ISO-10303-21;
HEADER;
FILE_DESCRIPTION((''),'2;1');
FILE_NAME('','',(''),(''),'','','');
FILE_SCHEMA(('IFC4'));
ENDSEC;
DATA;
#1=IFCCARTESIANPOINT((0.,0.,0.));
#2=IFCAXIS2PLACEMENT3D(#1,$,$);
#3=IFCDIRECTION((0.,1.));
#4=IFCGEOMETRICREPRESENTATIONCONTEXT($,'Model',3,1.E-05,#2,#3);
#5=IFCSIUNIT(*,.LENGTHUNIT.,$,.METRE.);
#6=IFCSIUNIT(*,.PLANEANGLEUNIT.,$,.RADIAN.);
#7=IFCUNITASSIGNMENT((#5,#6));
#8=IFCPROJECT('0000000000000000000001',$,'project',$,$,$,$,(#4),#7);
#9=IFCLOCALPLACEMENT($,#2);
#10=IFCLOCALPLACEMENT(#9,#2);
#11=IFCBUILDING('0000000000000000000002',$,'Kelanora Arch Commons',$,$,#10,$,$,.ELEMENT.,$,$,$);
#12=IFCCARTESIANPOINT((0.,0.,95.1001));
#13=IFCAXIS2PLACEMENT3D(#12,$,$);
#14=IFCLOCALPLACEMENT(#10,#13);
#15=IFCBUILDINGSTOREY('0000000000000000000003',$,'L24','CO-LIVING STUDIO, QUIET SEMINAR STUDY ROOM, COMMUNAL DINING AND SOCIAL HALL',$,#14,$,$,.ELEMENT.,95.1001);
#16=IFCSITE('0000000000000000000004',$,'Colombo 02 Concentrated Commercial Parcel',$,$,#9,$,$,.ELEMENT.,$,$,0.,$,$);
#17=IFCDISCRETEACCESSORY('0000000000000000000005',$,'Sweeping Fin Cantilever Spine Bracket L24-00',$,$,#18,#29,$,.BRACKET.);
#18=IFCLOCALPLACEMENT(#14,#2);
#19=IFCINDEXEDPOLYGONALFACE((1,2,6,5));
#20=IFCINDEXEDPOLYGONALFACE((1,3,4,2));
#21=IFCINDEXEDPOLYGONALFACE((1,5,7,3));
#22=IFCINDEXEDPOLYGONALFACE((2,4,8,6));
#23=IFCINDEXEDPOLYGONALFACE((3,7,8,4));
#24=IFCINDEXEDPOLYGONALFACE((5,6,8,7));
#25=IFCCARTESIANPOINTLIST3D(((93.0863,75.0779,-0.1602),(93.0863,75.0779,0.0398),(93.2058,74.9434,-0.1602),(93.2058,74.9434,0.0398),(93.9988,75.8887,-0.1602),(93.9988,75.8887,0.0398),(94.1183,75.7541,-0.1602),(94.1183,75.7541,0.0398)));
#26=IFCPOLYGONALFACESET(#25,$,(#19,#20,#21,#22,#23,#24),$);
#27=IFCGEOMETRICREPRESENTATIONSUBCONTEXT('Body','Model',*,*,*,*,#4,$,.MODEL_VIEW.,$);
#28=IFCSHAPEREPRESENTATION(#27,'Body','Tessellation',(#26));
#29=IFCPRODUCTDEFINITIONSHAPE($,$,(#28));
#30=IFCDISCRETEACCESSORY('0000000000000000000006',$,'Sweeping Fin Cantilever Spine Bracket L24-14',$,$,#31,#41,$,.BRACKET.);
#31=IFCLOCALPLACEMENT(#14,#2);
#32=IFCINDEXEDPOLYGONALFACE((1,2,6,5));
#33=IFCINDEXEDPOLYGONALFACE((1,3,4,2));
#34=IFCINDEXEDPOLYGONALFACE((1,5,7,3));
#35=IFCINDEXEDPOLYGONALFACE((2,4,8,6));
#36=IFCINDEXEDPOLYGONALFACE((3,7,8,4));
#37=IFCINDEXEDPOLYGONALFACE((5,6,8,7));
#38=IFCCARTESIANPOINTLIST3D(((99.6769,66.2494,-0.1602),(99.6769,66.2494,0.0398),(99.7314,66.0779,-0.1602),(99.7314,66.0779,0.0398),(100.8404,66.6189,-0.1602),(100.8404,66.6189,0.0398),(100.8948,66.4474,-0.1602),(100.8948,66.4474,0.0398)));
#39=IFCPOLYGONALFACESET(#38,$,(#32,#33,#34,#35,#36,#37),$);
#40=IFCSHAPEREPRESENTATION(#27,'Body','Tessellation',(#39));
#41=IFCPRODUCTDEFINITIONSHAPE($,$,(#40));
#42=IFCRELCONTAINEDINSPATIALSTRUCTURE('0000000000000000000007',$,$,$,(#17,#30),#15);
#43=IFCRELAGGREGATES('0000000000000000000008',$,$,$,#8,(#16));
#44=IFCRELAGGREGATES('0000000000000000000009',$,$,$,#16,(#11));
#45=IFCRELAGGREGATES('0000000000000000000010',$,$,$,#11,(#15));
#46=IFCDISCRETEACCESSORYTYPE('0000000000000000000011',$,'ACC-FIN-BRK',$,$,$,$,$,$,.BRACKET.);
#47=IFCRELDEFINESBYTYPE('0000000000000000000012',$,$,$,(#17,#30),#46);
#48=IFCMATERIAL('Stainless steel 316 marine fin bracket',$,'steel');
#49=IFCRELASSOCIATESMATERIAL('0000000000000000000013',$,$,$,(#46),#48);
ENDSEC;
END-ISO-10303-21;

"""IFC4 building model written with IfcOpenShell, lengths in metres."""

from ifc_helpers import new_model, si_unit, direction, frame, origin, origin_2d, place, context, subcontext, project, spatial, rectangle, extrude, source, transform, mapped, material, type_object, element, save


model = new_model("IFC4")

# Units and contexts
model_context = context("Model", 3, precision=1e-05, world=origin(), true_north=direction((0.0, 1.0)))
body_context = subcontext(model_context, "Body", "Model", "MODEL_VIEW")
ifc_project = project(units=[si_unit("LENGTHUNIT", "METRE"), si_unit("PLANEANGLEUNIT", "RADIAN")], contexts=[model_context])

# Site, building, storey
site_placement = place(None, origin())
site = spatial("IfcSite", under=ifc_project, at=site_placement, Name="Colombo 02 Concentrated Commercial Parcel", CompositionType="ELEMENT", RefElevation=0.0)
building_placement = place(site_placement, origin())
building = spatial("IfcBuilding", under=site, at=building_placement, Name="Kelanora Arch Commons", CompositionType="ELEMENT")
storey_placement = place(building_placement, frame((0.0, 0.0, 95.1001)))
storey = spatial("IfcBuildingStorey", under=building, at=storey_placement, Name="L24", Description="CO-LIVING STUDIO, QUIET SEMINAR STUDY ROOM, COMMUNAL DINING AND SOCIAL HALL", CompositionType="ELEMENT", Elevation=95.1001)

# Discrete accessories
ifc_material_1 = material(Name="Stainless steel 316 marine fin bracket", Category="steel")
discrete_accessory_type = type_object("IfcDiscreteAccessoryType", Name="ACC-FIN-BRK", PredefinedType="BRACKET", material=ifc_material_1)
shared_shape_1 = source(origin(), body_context, "Body", "SweptSolid", [
    extrude(rectangle(XDim=1.2207, YDim=0.1799, at=origin_2d()), origin(), (0.0, 0.0, 1.0), 0.2),
])
for number, where, z_axis, x_axis, name in (
    (1, (93.6023, 75.416, -0.1602), (0.0, 0.0, 1.0), (0.747566, 0.664187, 0.0), "Sweeping Fin Cantilever Spine Bracket L24-00"),
    (2, (100.2859, 66.3484, -0.1602), (0.0, 0.0, 1.0), (0.953085, 0.302703, 0.0), "Sweeping Fin Cantilever Spine Bracket L24-14"),
):
    element("IfcDiscreteAccessory", number, at=place(storey_placement, frame(where, z_axis=z_axis, x_axis=x_axis)), inside=storey, type_object=discrete_accessory_type, Name=name, PredefinedType="BRACKET", context=body_context, shape_type="MappedRepresentation", body=[
        mapped(shared_shape_1, transform((0.0, 0.0, 0.0), scale=1.0)),
    ])

save(model, "model.ifc")
